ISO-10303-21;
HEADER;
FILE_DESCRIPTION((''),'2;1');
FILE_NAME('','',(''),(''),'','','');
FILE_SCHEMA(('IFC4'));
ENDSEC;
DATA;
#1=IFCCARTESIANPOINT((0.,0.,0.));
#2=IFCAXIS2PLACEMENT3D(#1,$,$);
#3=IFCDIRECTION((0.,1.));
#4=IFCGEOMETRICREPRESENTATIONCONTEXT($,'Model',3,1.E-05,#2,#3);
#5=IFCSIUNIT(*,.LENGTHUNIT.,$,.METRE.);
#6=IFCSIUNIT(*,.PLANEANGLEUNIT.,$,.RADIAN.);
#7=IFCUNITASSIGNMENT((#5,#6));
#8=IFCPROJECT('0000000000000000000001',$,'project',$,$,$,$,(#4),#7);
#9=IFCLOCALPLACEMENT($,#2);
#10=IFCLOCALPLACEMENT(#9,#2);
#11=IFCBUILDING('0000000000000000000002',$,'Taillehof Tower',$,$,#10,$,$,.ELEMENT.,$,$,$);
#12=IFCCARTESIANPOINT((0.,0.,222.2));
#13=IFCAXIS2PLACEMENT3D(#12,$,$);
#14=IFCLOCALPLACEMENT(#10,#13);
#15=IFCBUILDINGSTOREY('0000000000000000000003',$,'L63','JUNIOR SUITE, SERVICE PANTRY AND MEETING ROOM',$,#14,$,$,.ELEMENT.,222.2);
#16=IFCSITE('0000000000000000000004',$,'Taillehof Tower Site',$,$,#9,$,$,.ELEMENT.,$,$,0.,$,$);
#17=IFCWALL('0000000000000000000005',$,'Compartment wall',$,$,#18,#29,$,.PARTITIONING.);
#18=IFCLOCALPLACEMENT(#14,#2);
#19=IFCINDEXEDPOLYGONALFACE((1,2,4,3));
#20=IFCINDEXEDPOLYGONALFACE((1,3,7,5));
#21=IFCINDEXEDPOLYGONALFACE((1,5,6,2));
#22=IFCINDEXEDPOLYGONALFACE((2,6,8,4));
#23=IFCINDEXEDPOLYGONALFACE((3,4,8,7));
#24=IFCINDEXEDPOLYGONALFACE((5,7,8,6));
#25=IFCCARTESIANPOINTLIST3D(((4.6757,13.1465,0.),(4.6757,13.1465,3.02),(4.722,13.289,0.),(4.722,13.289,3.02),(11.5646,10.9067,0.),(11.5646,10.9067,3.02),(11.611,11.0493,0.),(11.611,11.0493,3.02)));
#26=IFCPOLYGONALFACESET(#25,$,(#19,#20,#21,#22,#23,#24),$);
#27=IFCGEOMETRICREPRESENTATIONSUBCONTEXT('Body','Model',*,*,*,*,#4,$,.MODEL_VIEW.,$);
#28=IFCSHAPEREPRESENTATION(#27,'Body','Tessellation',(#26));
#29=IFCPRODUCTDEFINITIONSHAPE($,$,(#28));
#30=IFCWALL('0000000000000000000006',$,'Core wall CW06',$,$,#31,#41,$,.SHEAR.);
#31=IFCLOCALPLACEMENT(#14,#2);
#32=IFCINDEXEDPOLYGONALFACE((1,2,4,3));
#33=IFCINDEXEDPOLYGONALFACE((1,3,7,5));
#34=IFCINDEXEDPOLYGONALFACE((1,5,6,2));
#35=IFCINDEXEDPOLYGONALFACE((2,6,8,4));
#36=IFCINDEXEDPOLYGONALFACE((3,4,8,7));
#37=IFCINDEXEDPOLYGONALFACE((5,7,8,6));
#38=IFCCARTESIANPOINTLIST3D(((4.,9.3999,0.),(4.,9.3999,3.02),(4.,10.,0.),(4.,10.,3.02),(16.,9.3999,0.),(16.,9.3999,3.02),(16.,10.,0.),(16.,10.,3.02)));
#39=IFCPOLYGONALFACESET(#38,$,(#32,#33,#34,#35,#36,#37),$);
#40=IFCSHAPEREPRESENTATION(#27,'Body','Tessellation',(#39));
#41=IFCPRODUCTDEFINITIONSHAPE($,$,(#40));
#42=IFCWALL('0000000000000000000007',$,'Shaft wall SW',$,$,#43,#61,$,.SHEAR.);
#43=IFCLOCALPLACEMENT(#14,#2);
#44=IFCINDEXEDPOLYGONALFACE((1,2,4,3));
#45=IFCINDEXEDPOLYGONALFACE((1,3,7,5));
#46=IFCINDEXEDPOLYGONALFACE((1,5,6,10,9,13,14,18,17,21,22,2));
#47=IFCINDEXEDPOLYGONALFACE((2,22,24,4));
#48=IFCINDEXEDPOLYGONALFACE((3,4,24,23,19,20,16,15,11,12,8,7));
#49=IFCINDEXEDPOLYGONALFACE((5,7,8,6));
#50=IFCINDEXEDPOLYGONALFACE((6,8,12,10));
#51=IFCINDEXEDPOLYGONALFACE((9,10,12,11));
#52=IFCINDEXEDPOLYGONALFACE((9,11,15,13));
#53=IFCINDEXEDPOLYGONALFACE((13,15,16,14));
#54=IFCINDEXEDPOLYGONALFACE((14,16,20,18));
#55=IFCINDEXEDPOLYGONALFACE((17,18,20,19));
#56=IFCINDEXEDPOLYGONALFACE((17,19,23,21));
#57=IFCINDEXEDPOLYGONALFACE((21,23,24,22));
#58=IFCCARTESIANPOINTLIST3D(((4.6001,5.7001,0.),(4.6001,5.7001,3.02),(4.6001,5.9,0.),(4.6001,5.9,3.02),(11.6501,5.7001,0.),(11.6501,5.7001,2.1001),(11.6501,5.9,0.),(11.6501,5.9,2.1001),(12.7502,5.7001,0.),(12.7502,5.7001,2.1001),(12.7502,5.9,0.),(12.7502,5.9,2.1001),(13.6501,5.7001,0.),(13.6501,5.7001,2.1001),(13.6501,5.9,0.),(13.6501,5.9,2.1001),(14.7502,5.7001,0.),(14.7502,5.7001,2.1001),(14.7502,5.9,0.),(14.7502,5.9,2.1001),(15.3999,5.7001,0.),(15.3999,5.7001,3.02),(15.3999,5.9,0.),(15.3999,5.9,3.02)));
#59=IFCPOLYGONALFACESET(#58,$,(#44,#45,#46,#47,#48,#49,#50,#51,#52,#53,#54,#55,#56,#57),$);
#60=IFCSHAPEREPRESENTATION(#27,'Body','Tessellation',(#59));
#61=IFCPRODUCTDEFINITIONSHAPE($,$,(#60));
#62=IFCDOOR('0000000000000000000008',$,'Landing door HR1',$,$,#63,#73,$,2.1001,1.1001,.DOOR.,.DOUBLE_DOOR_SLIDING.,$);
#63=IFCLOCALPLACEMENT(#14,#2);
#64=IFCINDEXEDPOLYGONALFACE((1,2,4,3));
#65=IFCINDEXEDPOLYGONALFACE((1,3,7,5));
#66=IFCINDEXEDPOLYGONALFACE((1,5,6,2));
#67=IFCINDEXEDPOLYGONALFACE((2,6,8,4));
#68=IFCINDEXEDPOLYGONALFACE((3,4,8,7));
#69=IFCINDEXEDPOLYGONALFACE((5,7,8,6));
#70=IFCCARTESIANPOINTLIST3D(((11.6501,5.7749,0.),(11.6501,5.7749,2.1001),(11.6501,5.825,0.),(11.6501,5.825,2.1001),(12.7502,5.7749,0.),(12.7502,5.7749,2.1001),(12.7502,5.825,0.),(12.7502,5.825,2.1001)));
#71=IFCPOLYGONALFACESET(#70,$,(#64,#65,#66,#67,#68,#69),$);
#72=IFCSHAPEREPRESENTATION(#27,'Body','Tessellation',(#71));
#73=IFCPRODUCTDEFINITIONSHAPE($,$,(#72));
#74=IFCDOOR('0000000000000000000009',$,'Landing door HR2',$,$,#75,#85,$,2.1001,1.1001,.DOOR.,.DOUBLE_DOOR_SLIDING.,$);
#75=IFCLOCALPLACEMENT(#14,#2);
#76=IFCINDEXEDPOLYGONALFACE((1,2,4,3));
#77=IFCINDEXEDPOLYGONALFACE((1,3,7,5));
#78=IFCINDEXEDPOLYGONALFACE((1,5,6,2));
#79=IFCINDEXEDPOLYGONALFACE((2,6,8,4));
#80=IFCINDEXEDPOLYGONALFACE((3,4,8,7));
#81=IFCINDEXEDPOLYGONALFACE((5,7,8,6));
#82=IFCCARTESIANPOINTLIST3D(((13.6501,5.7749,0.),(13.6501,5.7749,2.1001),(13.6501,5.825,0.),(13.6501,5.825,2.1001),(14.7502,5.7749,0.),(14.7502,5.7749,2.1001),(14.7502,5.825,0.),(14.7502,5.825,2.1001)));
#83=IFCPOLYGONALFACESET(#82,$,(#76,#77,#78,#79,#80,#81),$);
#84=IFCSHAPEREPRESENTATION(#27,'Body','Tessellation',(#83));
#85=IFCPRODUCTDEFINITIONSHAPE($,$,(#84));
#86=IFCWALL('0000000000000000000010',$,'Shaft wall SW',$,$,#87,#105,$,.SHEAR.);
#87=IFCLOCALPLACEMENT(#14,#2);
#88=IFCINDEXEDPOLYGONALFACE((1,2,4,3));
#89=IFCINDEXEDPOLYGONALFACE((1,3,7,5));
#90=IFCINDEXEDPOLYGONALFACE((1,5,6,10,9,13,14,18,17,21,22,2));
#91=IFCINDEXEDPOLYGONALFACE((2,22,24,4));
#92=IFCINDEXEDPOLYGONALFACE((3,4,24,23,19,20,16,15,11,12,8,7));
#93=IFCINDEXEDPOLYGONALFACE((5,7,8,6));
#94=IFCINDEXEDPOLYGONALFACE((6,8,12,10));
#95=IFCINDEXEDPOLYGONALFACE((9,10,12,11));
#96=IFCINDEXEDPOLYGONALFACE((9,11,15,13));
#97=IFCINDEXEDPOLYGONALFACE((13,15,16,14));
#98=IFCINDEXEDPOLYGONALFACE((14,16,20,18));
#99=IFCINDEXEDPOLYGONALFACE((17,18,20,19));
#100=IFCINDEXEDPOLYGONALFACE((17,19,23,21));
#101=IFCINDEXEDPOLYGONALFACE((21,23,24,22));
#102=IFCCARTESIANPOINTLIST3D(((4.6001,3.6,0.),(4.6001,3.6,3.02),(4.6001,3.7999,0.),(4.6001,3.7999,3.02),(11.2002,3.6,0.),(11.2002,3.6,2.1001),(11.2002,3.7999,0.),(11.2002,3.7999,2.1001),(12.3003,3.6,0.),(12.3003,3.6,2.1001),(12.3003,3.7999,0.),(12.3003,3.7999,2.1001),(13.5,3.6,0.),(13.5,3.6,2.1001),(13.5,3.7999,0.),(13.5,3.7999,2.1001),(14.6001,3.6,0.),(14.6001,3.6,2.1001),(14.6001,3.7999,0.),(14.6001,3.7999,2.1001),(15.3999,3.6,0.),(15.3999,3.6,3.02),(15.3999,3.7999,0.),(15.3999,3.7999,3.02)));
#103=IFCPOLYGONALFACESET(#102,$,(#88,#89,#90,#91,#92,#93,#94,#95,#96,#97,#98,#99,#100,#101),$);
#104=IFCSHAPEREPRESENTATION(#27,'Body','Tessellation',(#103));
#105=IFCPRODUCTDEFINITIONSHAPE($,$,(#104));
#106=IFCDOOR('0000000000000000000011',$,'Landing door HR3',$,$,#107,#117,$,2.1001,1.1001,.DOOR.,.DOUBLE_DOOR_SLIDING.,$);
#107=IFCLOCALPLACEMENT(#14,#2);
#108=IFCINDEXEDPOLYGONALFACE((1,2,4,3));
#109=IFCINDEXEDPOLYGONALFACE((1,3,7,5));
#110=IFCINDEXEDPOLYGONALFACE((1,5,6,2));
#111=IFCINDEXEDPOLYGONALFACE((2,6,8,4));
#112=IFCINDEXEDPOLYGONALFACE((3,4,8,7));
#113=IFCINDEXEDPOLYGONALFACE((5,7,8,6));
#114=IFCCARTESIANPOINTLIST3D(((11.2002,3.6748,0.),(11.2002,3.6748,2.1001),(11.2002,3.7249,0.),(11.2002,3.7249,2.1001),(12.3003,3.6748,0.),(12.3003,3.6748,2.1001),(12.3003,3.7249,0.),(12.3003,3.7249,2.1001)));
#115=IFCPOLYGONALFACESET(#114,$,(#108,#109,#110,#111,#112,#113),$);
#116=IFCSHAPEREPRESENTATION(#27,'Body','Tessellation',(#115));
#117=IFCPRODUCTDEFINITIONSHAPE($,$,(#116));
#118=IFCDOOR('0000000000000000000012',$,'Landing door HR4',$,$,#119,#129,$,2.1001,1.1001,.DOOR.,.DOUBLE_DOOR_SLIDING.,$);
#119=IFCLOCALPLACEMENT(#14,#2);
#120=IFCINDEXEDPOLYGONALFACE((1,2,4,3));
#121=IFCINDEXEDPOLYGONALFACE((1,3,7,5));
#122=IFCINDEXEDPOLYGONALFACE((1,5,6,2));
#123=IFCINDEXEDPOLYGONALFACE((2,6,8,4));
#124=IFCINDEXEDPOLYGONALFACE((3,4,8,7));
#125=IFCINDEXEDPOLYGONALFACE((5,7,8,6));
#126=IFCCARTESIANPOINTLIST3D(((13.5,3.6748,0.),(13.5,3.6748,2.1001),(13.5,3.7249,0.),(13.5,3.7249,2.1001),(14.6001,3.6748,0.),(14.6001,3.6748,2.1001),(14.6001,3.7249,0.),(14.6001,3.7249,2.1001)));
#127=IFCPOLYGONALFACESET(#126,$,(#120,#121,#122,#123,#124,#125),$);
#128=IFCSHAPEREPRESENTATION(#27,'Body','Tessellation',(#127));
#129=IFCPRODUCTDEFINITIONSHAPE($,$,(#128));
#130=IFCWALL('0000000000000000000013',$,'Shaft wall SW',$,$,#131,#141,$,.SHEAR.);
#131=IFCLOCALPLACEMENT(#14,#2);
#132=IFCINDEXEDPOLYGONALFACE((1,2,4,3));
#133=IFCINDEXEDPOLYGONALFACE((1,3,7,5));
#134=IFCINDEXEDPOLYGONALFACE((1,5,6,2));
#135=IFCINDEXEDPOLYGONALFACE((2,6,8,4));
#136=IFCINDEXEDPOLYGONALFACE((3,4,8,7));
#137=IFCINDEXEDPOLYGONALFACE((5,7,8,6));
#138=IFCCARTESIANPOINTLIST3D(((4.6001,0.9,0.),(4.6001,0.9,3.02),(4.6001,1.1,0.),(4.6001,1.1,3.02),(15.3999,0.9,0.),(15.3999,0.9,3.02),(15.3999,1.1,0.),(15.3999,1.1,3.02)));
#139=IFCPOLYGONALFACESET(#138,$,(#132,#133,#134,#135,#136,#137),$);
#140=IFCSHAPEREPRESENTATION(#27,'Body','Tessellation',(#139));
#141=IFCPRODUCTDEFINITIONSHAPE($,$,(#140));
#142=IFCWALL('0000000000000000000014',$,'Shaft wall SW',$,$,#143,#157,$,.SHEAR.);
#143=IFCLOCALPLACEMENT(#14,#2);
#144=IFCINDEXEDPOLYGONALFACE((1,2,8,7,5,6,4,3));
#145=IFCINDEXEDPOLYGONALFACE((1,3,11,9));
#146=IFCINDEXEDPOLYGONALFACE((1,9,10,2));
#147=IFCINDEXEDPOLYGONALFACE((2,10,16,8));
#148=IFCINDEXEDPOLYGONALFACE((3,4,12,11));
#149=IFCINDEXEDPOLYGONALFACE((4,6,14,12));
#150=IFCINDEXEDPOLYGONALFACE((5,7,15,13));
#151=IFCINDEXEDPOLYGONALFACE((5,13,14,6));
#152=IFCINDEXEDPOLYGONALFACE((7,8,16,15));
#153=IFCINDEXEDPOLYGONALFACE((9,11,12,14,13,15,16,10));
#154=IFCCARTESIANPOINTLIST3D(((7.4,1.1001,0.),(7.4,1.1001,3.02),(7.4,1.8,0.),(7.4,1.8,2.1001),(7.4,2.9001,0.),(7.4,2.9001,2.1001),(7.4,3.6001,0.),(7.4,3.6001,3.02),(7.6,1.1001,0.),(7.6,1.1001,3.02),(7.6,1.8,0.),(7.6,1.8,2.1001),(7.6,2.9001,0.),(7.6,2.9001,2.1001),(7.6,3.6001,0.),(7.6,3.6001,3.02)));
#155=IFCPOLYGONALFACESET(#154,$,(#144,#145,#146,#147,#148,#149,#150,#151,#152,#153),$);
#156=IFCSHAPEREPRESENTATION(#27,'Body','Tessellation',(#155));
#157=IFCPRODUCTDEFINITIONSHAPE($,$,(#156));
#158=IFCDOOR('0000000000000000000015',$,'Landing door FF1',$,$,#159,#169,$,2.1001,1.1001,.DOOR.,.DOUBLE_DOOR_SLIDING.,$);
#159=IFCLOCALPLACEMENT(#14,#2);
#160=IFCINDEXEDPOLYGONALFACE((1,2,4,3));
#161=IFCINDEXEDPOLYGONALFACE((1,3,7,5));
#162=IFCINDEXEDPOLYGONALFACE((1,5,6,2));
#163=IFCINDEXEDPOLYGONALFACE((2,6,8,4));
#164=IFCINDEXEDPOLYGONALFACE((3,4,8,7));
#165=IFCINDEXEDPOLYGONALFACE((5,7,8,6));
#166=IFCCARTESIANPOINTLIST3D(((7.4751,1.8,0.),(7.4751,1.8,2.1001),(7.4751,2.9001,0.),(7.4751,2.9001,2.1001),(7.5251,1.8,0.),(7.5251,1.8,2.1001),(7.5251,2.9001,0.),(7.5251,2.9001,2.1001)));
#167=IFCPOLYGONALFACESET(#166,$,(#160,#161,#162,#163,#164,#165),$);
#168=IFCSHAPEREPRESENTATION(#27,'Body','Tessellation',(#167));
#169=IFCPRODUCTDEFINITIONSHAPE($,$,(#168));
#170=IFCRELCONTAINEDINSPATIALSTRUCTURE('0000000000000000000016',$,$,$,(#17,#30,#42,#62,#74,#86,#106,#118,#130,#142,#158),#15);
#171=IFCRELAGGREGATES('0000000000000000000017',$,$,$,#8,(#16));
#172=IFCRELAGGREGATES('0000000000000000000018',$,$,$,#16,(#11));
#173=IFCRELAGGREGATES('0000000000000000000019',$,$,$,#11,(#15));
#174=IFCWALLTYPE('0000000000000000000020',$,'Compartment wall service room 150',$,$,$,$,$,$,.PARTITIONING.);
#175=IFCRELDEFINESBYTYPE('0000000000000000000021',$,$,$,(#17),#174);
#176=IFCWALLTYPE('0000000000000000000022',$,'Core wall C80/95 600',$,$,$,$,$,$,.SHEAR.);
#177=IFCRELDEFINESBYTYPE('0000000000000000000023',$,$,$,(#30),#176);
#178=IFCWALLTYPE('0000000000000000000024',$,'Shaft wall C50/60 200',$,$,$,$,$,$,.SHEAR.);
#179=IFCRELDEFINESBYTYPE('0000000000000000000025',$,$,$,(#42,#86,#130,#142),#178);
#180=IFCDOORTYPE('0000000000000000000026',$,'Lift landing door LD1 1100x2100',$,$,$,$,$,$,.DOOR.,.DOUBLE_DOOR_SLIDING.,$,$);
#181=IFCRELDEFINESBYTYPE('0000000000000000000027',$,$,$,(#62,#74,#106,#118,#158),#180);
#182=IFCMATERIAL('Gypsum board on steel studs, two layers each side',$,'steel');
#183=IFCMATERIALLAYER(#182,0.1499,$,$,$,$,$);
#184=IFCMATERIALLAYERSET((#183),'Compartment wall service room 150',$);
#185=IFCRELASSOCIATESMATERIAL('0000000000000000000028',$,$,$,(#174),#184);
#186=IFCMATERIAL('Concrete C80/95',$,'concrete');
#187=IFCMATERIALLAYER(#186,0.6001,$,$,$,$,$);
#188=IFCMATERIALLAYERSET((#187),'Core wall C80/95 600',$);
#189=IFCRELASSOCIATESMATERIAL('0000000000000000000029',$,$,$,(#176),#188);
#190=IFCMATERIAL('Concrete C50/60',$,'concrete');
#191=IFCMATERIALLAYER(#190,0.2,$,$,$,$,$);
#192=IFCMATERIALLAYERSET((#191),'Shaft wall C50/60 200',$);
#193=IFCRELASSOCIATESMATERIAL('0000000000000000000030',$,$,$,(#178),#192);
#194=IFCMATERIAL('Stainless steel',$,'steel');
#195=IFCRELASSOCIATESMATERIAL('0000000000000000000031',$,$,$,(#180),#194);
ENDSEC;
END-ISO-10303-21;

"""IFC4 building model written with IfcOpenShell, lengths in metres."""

from ifc_helpers import new_model, si_unit, direction, frame, frame_2d, origin, place, context, subcontext, project, spatial, rectangle, extrude, material, layer, layer_set, type_object, element, fill, save


model = new_model("IFC4")

# Units and contexts
model_context = context("Model", 3, precision=1e-05, world=origin(), true_north=direction((0.0, 1.0)))
body_context = subcontext(model_context, "Body", "Model", "MODEL_VIEW")
ifc_project = project(units=[si_unit("LENGTHUNIT", "METRE"), si_unit("PLANEANGLEUNIT", "RADIAN")], contexts=[model_context])

# Site, building, storey
site_placement = place(None, origin())
site = spatial("IfcSite", under=ifc_project, at=site_placement, Name="Taillehof Tower Site", CompositionType="ELEMENT", RefElevation=0.0)
building_placement = place(site_placement, origin())
building = spatial("IfcBuilding", under=site, at=building_placement, Name="Taillehof Tower", CompositionType="ELEMENT")
storey_placement = place(building_placement, frame((0.0, 0.0, 222.2)))
storey = spatial("IfcBuildingStorey", under=building, at=storey_placement, Name="L63", Description="JUNIOR SUITE, SERVICE PANTRY AND MEETING ROOM", CompositionType="ELEMENT", Elevation=222.2)

# Shared definitions
ifc_material_1 = material(Name="Gypsum board on steel studs, two layers each side", Category="steel")
ifc_layer_1 = layer(ifc_material_1, 0.1499)
ifc_layer_set_1 = layer_set([ifc_layer_1], Name="Compartment wall service room 150")
wall_type_1 = type_object("IfcWallType", Name="Compartment wall service room 150", PredefinedType="PARTITIONING", material=ifc_layer_set_1)

# Walls
wall_1_placement = place(storey_placement, frame((4.6987, 13.2178, 0.0), z_axis=(0.0, 0.0, 1.0), x_axis=(0.951, -0.309192, 0.0)))
element("IfcWall", 1, at=wall_1_placement, inside=storey, type_object=wall_type_1, Name="Compartment wall", PredefinedType="PARTITIONING", context=body_context, shape_type="SweptSolid", body=[
    extrude(rectangle(XDim=7.2439, YDim=0.1499, at=frame_2d((3.6221, 0.0))), origin(), (0.0, 0.0, 1.0), 3.02),
])
ifc_material_2 = material(Name="Concrete C80/95", Category="concrete")
ifc_layer_2 = layer(ifc_material_2, 0.6001)
ifc_layer_set_2 = layer_set([ifc_layer_2], Name="Core wall C80/95 600")
wall_type_2 = type_object("IfcWallType", Name="Core wall C80/95 600", PredefinedType="SHEAR", material=ifc_layer_set_2)
wall_2_placement = place(storey_placement, frame((4.0, 9.7, 0.0), z_axis=(0.0, 0.0, 1.0), x_axis=(1.0, 0.0, 0.0)))
element("IfcWall", 2, at=wall_2_placement, inside=storey, type_object=wall_type_2, Name="Core wall CW06", PredefinedType="SHEAR", context=body_context, shape_type="SweptSolid", body=[
    extrude(rectangle(XDim=12.0, YDim=0.6001, at=frame_2d((6.0, 0.0))), origin(), (0.0, 0.0, 1.0), 3.02),
])

# Walls, openings, doors
ifc_material_3 = material(Name="Concrete C50/60", Category="concrete")
ifc_layer_3 = layer(ifc_material_3, 0.2)
ifc_layer_set_3 = layer_set([ifc_layer_3], Name="Shaft wall C50/60 200")
wall_type_3 = type_object("IfcWallType", Name="Shaft wall C50/60 200", PredefinedType="SHEAR", material=ifc_layer_set_3)
wall_3_placement = place(storey_placement, frame((4.6001, 5.8, 0.0), z_axis=(0.0, 0.0, 1.0), x_axis=(1.0, 0.0, 0.0)))
wall_3 = element("IfcWall", 3, at=wall_3_placement, inside=storey, type_object=wall_type_3, Name="Shaft wall SW", PredefinedType="SHEAR", context=body_context, shape_type="SweptSolid", body=[
    extrude(rectangle(XDim=10.7998, YDim=0.2, at=frame_2d((5.3999, 0.0))), origin(), (0.0, 0.0, 1.0), 3.02),
])
opening_1_placement = place(wall_3_placement, frame((7.05, 0.0, 0.0)))
opening_1 = element("IfcOpeningElement", 4, at=opening_1_placement, cuts=wall_3, PredefinedType="OPENING", context=body_context, shape_type="SweptSolid", body=[
    extrude(rectangle(XDim=1.1001, YDim=2.1001, at=frame_2d((0.55, 1.05))), frame((0.0, 0.1099, 0.0), z_axis=(0.0, -1.0, 0.0), x_axis=(1.0, 0.0, 0.0)), (0.0, 0.0, 1.0), 0.22),
])
opening_2_placement = place(wall_3_placement, frame((9.05, 0.0, 0.0)))
opening_2 = element("IfcOpeningElement", 5, at=opening_2_placement, cuts=wall_3, PredefinedType="OPENING", context=body_context, shape_type="SweptSolid", body=[
    extrude(rectangle(XDim=1.1001, YDim=2.1001, at=frame_2d((0.55, 1.05))), frame((0.0, 0.1099, 0.0), z_axis=(0.0, -1.0, 0.0), x_axis=(1.0, 0.0, 0.0)), (0.0, 0.0, 1.0), 0.22),
])
ifc_material_4 = material(Name="Stainless steel", Category="steel")
door_type_1 = type_object("IfcDoorType", Name="Lift landing door LD1 1100x2100", OperationType="DOUBLE_DOOR_SLIDING", PredefinedType="DOOR", material=ifc_material_4)
door_1_placement = place(opening_1_placement, origin())
door_1 = element("IfcDoor", 6, at=door_1_placement, inside=storey, type_object=door_type_1, Name="Landing door HR1", OperationType="DOUBLE_DOOR_SLIDING", OverallHeight=2.1001, OverallWidth=1.1001, PredefinedType="DOOR", context=body_context, shape_type="SweptSolid", body=[
    extrude(rectangle(XDim=1.1001, YDim=2.1001, at=frame_2d((0.55, 1.05))), frame((0.0, 0.0249, 0.0), z_axis=(0.0, -1.0, 0.0), x_axis=(1.0, 0.0, 0.0)), (0.0, 0.0, 1.0), 0.05),
])
fill(opening_1, door_1)
door_2_placement = place(opening_2_placement, origin())
door_2 = element("IfcDoor", 7, at=door_2_placement, inside=storey, type_object=door_type_1, Name="Landing door HR2", OperationType="DOUBLE_DOOR_SLIDING", OverallHeight=2.1001, OverallWidth=1.1001, PredefinedType="DOOR", context=body_context, shape_type="SweptSolid", body=[
    extrude(rectangle(XDim=1.1001, YDim=2.1001, at=frame_2d((0.55, 1.05))), frame((0.0, 0.0249, 0.0), z_axis=(0.0, -1.0, 0.0), x_axis=(1.0, 0.0, 0.0)), (0.0, 0.0, 1.0), 0.05),
])
fill(opening_2, door_2)
wall_4_placement = place(storey_placement, frame((4.6001, 3.7, 0.0), z_axis=(0.0, 0.0, 1.0), x_axis=(1.0, 0.0, 0.0)))
wall_4 = element("IfcWall", 8, at=wall_4_placement, inside=storey, type_object=wall_type_3, Name="Shaft wall SW", PredefinedType="SHEAR", context=body_context, shape_type="SweptSolid", body=[
    extrude(rectangle(XDim=10.7998, YDim=0.2, at=frame_2d((5.3999, 0.0))), origin(), (0.0, 0.0, 1.0), 3.02),
])
opening_3_placement = place(wall_4_placement, frame((6.6001, 0.0, 0.0)))
opening_3 = element("IfcOpeningElement", 9, at=opening_3_placement, cuts=wall_4, PredefinedType="OPENING", context=body_context, shape_type="SweptSolid", body=[
    extrude(rectangle(XDim=1.1001, YDim=2.1001, at=frame_2d((0.55, 1.05))), frame((0.0, 0.1099, 0.0), z_axis=(0.0, -1.0, 0.0), x_axis=(1.0, 0.0, 0.0)), (0.0, 0.0, 1.0), 0.22),
])
opening_4_placement = place(wall_4_placement, frame((8.8999, 0.0, 0.0)))
opening_4 = element("IfcOpeningElement", 10, at=opening_4_placement, cuts=wall_4, PredefinedType="OPENING", context=body_context, shape_type="SweptSolid", body=[
    extrude(rectangle(XDim=1.1001, YDim=2.1001, at=frame_2d((0.55, 1.05))), frame((0.0, 0.1099, 0.0), z_axis=(0.0, -1.0, 0.0), x_axis=(1.0, 0.0, 0.0)), (0.0, 0.0, 1.0), 0.22),
])
door_3_placement = place(opening_3_placement, origin())
door_3 = element("IfcDoor", 11, at=door_3_placement, inside=storey, type_object=door_type_1, Name="Landing door HR3", OperationType="DOUBLE_DOOR_SLIDING", OverallHeight=2.1001, OverallWidth=1.1001, PredefinedType="DOOR", context=body_context, shape_type="SweptSolid", body=[
    extrude(rectangle(XDim=1.1001, YDim=2.1001, at=frame_2d((0.55, 1.05))), frame((0.0, 0.0249, 0.0), z_axis=(0.0, -1.0, 0.0), x_axis=(1.0, 0.0, 0.0)), (0.0, 0.0, 1.0), 0.05),
])
fill(opening_3, door_3)
door_4_placement = place(opening_4_placement, origin())
door_4 = element("IfcDoor", 12, at=door_4_placement, inside=storey, type_object=door_type_1, Name="Landing door HR4", OperationType="DOUBLE_DOOR_SLIDING", OverallHeight=2.1001, OverallWidth=1.1001, PredefinedType="DOOR", context=body_context, shape_type="SweptSolid", body=[
    extrude(rectangle(XDim=1.1001, YDim=2.1001, at=frame_2d((0.55, 1.05))), frame((0.0, 0.0249, 0.0), z_axis=(0.0, -1.0, 0.0), x_axis=(1.0, 0.0, 0.0)), (0.0, 0.0, 1.0), 0.05),
])
fill(opening_4, door_4)

# Wall
wall_5_placement = place(storey_placement, frame((4.6001, 1.0, 0.0), z_axis=(0.0, 0.0, 1.0), x_axis=(1.0, 0.0, 0.0)))
element("IfcWall", 13, at=wall_5_placement, inside=storey, type_object=wall_type_3, Name="Shaft wall SW", PredefinedType="SHEAR", context=body_context, shape_type="SweptSolid", body=[
    extrude(rectangle(XDim=10.7998, YDim=0.2, at=frame_2d((5.3999, 0.0))), origin(), (0.0, 0.0, 1.0), 3.02),
])

# Wall, opening, door
wall_6_placement = place(storey_placement, frame((7.5, 1.1001, 0.0), z_axis=(0.0, 0.0, 1.0), x_axis=(0.0, 1.0, 0.0)))
wall_6 = element("IfcWall", 14, at=wall_6_placement, inside=storey, type_object=wall_type_3, Name="Shaft wall SW", PredefinedType="SHEAR", context=body_context, shape_type="SweptSolid", body=[
    extrude(rectangle(XDim=2.5, YDim=0.2, at=frame_2d((1.25, 0.0))), origin(), (0.0, 0.0, 1.0), 3.02),
])
opening_5_placement = place(wall_6_placement, frame((0.7, 0.0, 0.0)))
opening_5 = element("IfcOpeningElement", 15, at=opening_5_placement, cuts=wall_6, PredefinedType="OPENING", context=body_context, shape_type="SweptSolid", body=[
    extrude(rectangle(XDim=1.1001, YDim=2.1001, at=frame_2d((0.55, 1.05))), frame((0.0, 0.1099, 0.0), z_axis=(0.0, -1.0, 0.0), x_axis=(1.0, 0.0, 0.0)), (0.0, 0.0, 1.0), 0.22),
])
door_5_placement = place(opening_5_placement, origin())
door_5 = element("IfcDoor", 16, at=door_5_placement, inside=storey, type_object=door_type_1, Name="Landing door FF1", OperationType="DOUBLE_DOOR_SLIDING", OverallHeight=2.1001, OverallWidth=1.1001, PredefinedType="DOOR", context=body_context, shape_type="SweptSolid", body=[
    extrude(rectangle(XDim=1.1001, YDim=2.1001, at=frame_2d((0.55, 1.05))), frame((0.0, 0.0249, 0.0), z_axis=(0.0, -1.0, 0.0), x_axis=(1.0, 0.0, 0.0)), (0.0, 0.0, 1.0), 0.05),
])
fill(opening_5, door_5)

save(model, "model.ifc")
